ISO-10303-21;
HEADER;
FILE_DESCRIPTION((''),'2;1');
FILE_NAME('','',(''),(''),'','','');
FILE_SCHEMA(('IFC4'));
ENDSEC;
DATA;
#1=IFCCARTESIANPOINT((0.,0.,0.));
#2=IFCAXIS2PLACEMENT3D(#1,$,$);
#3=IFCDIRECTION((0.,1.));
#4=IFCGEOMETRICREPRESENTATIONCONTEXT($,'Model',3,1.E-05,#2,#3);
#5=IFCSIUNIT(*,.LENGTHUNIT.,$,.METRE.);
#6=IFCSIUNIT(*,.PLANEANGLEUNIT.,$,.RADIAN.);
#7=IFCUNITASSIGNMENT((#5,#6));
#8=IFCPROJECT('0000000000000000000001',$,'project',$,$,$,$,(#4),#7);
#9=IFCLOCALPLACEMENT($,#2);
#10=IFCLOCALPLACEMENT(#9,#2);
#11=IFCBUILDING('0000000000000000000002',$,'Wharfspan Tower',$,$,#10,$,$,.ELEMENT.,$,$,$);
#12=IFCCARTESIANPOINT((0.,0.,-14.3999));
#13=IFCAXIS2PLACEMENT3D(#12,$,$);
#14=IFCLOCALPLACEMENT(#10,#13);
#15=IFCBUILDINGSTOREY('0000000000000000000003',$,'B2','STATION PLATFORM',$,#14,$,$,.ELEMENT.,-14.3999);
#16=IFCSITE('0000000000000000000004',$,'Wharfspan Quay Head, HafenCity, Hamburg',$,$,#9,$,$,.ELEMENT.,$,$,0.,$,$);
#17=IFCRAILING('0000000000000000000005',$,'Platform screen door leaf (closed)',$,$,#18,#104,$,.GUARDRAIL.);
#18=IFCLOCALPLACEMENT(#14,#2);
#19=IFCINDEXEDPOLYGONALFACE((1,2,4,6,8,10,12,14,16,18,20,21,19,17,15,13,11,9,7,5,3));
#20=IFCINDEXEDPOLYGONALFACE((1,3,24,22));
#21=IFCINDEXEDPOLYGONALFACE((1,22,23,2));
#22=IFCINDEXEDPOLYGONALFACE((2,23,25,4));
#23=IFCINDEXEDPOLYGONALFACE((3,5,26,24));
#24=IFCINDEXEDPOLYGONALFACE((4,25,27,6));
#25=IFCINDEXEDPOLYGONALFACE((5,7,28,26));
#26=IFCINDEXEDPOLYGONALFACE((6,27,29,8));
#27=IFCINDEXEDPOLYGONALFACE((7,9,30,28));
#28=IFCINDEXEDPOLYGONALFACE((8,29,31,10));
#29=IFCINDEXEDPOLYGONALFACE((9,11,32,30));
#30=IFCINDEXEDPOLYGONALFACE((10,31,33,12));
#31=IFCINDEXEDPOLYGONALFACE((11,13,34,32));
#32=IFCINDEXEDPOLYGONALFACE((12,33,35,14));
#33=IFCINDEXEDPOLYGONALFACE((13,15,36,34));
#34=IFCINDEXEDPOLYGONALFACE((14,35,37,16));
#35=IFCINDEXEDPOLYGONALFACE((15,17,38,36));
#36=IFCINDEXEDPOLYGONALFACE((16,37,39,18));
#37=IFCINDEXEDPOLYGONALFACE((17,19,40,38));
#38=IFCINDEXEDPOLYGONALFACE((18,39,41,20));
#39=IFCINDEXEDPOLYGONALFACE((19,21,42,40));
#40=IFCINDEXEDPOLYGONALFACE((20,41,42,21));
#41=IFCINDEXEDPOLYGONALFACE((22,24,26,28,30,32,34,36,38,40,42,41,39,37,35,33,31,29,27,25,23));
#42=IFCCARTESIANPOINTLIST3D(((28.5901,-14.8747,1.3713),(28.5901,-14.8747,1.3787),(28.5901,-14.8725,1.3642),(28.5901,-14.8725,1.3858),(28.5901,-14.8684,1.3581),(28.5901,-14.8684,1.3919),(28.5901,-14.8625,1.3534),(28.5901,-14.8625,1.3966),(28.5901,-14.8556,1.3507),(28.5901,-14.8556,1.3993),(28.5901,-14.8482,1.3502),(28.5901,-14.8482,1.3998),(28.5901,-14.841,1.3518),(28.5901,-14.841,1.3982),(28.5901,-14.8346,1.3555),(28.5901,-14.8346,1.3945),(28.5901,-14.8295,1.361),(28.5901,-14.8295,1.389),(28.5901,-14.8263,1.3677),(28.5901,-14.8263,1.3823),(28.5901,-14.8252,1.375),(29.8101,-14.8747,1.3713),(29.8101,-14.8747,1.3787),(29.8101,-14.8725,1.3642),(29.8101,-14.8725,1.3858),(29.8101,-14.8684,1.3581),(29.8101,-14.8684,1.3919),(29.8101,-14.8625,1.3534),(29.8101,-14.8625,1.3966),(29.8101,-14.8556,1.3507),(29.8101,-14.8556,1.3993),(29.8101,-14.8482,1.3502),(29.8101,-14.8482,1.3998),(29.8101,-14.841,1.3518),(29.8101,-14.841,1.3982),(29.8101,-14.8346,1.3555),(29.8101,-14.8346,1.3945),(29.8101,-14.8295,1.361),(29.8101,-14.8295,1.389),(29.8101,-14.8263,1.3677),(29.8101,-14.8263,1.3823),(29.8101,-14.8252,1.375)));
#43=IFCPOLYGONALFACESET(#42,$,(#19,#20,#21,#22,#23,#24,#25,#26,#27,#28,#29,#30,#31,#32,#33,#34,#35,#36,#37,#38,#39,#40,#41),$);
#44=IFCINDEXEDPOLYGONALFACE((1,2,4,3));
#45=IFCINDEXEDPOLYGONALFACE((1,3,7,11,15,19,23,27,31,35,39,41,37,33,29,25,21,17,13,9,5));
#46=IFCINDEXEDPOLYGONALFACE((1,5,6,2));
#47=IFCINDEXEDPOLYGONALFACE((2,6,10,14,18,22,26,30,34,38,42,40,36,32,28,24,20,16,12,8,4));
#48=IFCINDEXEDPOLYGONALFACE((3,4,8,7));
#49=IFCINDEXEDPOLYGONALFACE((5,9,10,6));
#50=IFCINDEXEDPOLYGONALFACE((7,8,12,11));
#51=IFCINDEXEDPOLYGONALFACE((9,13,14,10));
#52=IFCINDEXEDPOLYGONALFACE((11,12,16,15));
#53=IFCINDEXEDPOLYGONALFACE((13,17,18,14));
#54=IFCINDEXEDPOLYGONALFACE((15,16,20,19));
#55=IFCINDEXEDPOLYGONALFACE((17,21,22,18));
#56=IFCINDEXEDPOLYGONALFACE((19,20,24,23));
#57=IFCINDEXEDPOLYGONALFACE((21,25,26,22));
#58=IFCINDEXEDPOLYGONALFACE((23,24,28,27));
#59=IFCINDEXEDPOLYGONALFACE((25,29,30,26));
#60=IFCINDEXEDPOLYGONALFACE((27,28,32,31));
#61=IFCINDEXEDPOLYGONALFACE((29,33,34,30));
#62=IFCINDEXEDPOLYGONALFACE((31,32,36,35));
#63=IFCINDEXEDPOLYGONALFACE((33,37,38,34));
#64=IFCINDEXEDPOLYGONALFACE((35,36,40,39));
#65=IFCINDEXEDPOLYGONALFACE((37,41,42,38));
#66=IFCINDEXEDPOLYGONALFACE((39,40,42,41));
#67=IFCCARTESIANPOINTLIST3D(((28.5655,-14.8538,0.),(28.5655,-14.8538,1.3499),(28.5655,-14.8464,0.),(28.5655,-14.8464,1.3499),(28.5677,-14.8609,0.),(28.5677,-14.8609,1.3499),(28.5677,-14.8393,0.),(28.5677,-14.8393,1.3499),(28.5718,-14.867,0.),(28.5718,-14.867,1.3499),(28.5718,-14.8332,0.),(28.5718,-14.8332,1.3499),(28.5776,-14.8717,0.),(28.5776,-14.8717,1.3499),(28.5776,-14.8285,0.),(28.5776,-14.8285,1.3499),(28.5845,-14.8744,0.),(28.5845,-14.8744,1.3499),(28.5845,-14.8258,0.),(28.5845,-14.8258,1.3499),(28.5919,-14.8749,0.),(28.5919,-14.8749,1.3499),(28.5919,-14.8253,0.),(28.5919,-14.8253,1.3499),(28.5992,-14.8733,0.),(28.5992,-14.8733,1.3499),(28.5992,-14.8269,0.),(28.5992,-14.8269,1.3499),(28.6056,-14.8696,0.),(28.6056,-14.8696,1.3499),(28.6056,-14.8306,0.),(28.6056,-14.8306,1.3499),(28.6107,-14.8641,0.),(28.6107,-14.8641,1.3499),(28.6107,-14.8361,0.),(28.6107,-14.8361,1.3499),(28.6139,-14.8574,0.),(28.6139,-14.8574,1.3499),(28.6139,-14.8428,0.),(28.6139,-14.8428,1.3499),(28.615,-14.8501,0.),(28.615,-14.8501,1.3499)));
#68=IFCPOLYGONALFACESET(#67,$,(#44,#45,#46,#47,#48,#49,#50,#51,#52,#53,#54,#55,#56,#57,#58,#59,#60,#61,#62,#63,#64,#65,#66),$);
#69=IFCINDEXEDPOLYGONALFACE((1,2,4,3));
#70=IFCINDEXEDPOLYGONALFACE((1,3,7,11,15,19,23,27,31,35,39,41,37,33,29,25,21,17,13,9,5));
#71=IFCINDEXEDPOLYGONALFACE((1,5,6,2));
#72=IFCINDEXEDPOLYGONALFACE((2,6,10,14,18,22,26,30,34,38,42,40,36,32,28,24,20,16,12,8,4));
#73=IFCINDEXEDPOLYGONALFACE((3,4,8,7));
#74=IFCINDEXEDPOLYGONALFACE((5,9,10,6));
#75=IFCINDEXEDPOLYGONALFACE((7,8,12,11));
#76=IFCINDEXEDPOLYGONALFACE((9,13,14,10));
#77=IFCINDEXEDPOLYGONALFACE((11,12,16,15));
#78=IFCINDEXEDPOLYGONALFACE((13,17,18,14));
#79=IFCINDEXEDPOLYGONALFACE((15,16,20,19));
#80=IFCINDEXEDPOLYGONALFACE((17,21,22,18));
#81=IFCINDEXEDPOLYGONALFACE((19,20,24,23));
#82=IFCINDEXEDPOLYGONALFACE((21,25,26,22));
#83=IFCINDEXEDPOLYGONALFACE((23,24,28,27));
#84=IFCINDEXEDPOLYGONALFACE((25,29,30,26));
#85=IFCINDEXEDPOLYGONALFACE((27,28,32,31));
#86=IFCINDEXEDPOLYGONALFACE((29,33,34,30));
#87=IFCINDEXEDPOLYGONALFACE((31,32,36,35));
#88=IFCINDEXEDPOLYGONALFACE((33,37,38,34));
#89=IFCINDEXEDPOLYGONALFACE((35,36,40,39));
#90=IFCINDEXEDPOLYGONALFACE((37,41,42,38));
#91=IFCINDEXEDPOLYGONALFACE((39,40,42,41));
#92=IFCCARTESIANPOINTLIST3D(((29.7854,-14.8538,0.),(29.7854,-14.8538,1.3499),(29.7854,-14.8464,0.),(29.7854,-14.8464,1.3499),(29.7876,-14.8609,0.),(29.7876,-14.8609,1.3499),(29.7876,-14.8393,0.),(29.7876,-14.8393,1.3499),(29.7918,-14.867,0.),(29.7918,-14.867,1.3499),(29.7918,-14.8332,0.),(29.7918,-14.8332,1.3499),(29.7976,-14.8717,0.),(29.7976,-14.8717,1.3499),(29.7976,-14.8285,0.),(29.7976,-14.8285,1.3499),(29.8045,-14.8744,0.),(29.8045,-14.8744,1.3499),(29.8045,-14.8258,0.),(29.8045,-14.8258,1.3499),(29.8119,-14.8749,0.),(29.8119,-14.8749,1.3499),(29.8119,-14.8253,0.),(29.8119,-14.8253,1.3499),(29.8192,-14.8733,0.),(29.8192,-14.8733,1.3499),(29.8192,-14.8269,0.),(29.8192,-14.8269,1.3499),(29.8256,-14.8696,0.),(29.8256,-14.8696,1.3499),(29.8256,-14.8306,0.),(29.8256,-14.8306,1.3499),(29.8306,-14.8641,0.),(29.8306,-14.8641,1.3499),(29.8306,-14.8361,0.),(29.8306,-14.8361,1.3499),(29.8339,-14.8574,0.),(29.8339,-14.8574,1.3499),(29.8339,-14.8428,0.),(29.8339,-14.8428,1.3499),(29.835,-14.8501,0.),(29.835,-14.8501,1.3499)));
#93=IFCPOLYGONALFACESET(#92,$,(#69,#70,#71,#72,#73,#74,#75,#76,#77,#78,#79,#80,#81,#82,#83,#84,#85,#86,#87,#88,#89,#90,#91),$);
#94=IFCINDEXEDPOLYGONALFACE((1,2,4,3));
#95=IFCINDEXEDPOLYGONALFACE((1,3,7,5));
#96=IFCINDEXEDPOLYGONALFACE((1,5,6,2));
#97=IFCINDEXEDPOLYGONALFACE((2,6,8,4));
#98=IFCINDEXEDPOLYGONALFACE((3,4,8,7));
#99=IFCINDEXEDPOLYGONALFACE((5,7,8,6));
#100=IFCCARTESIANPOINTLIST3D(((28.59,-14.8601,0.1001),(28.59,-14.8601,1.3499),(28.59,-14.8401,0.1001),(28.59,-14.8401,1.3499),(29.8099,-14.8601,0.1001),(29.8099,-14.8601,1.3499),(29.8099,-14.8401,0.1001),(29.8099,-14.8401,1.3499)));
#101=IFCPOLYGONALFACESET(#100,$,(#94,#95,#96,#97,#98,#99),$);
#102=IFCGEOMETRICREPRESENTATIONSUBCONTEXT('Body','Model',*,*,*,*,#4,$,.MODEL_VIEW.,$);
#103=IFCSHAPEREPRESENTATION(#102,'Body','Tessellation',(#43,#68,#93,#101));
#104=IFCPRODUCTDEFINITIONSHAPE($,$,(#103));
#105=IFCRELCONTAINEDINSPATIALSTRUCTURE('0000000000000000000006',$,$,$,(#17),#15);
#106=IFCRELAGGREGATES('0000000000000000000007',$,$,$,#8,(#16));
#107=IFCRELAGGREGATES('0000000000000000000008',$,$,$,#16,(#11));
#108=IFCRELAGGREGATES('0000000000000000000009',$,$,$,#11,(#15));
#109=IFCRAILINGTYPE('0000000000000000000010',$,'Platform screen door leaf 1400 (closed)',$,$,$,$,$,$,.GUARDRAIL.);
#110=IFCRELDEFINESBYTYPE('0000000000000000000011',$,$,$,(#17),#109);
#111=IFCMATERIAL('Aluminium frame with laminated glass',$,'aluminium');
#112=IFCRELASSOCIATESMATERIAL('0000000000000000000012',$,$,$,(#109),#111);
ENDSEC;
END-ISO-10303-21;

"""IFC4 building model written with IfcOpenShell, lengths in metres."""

from ifc_helpers import new_model, si_unit, direction, frame, origin, origin_2d, place, context, subcontext, project, spatial, rectangle, circle, extrude, material, type_object, element, save


model = new_model("IFC4")

# Units and contexts
model_context = context("Model", 3, precision=1e-05, world=origin(), true_north=direction((0.0, 1.0)))
body_context = subcontext(model_context, "Body", "Model", "MODEL_VIEW")
ifc_project = project(units=[si_unit("LENGTHUNIT", "METRE"), si_unit("PLANEANGLEUNIT", "RADIAN")], contexts=[model_context])

# Site, building, storey
site_placement = place(None, origin())
site = spatial("IfcSite", under=ifc_project, at=site_placement, Name="Wharfspan Quay Head, HafenCity, Hamburg", CompositionType="ELEMENT", RefElevation=0.0)
building_placement = place(site_placement, origin())
building = spatial("IfcBuilding", under=site, at=building_placement, Name="Wharfspan Tower", CompositionType="ELEMENT")
storey_placement = place(building_placement, frame((0.0, 0.0, -14.3999)))
storey = spatial("IfcBuildingStorey", under=building, at=storey_placement, Name="B2", Description="STATION PLATFORM", CompositionType="ELEMENT", Elevation=-14.3999)

# Railing
ifc_material_1 = material(Name="Aluminium frame with laminated glass", Category="aluminium")
railing_type_1 = type_object("IfcRailingType", Name="Platform screen door leaf 1400 (closed)", PredefinedType="GUARDRAIL", material=ifc_material_1)
for number, where, name in (
    (1, (28.5901, -14.8501, 0.0), "Platform screen door leaf (closed)"),
):
    element("IfcRailing", number, at=place(storey_placement, frame(where)), inside=storey, type_object=railing_type_1, Name=name, PredefinedType="GUARDRAIL", context=body_context, shape_type="SweptSolid", body=[
        extrude(circle(Radius=0.0249, at=origin_2d()), frame((0.0, 0.0, 1.375), z_axis=(1.0, 0.0, 0.0), x_axis=(0.0, 1.0, 0.0)), (0.0, 0.0, 1.0), 1.22),
        extrude(circle(Radius=0.0249, at=origin_2d()), origin(), (0.0, 0.0, 1.0), 1.3499),
        extrude(circle(Radius=0.0249, at=origin_2d()), frame((1.22, 0.0, 0.0)), (0.0, 0.0, 1.0), 1.3499),
        extrude(rectangle(XDim=1.22, YDim=0.02, at=origin_2d()), frame((0.6099, 0.0, 0.1001), z_axis=(0.0, 0.0, 1.0), x_axis=(1.0, 0.0, 0.0)), (0.0, 0.0, 1.0), 1.2498),
    ])

save(model, "model.ifc")
